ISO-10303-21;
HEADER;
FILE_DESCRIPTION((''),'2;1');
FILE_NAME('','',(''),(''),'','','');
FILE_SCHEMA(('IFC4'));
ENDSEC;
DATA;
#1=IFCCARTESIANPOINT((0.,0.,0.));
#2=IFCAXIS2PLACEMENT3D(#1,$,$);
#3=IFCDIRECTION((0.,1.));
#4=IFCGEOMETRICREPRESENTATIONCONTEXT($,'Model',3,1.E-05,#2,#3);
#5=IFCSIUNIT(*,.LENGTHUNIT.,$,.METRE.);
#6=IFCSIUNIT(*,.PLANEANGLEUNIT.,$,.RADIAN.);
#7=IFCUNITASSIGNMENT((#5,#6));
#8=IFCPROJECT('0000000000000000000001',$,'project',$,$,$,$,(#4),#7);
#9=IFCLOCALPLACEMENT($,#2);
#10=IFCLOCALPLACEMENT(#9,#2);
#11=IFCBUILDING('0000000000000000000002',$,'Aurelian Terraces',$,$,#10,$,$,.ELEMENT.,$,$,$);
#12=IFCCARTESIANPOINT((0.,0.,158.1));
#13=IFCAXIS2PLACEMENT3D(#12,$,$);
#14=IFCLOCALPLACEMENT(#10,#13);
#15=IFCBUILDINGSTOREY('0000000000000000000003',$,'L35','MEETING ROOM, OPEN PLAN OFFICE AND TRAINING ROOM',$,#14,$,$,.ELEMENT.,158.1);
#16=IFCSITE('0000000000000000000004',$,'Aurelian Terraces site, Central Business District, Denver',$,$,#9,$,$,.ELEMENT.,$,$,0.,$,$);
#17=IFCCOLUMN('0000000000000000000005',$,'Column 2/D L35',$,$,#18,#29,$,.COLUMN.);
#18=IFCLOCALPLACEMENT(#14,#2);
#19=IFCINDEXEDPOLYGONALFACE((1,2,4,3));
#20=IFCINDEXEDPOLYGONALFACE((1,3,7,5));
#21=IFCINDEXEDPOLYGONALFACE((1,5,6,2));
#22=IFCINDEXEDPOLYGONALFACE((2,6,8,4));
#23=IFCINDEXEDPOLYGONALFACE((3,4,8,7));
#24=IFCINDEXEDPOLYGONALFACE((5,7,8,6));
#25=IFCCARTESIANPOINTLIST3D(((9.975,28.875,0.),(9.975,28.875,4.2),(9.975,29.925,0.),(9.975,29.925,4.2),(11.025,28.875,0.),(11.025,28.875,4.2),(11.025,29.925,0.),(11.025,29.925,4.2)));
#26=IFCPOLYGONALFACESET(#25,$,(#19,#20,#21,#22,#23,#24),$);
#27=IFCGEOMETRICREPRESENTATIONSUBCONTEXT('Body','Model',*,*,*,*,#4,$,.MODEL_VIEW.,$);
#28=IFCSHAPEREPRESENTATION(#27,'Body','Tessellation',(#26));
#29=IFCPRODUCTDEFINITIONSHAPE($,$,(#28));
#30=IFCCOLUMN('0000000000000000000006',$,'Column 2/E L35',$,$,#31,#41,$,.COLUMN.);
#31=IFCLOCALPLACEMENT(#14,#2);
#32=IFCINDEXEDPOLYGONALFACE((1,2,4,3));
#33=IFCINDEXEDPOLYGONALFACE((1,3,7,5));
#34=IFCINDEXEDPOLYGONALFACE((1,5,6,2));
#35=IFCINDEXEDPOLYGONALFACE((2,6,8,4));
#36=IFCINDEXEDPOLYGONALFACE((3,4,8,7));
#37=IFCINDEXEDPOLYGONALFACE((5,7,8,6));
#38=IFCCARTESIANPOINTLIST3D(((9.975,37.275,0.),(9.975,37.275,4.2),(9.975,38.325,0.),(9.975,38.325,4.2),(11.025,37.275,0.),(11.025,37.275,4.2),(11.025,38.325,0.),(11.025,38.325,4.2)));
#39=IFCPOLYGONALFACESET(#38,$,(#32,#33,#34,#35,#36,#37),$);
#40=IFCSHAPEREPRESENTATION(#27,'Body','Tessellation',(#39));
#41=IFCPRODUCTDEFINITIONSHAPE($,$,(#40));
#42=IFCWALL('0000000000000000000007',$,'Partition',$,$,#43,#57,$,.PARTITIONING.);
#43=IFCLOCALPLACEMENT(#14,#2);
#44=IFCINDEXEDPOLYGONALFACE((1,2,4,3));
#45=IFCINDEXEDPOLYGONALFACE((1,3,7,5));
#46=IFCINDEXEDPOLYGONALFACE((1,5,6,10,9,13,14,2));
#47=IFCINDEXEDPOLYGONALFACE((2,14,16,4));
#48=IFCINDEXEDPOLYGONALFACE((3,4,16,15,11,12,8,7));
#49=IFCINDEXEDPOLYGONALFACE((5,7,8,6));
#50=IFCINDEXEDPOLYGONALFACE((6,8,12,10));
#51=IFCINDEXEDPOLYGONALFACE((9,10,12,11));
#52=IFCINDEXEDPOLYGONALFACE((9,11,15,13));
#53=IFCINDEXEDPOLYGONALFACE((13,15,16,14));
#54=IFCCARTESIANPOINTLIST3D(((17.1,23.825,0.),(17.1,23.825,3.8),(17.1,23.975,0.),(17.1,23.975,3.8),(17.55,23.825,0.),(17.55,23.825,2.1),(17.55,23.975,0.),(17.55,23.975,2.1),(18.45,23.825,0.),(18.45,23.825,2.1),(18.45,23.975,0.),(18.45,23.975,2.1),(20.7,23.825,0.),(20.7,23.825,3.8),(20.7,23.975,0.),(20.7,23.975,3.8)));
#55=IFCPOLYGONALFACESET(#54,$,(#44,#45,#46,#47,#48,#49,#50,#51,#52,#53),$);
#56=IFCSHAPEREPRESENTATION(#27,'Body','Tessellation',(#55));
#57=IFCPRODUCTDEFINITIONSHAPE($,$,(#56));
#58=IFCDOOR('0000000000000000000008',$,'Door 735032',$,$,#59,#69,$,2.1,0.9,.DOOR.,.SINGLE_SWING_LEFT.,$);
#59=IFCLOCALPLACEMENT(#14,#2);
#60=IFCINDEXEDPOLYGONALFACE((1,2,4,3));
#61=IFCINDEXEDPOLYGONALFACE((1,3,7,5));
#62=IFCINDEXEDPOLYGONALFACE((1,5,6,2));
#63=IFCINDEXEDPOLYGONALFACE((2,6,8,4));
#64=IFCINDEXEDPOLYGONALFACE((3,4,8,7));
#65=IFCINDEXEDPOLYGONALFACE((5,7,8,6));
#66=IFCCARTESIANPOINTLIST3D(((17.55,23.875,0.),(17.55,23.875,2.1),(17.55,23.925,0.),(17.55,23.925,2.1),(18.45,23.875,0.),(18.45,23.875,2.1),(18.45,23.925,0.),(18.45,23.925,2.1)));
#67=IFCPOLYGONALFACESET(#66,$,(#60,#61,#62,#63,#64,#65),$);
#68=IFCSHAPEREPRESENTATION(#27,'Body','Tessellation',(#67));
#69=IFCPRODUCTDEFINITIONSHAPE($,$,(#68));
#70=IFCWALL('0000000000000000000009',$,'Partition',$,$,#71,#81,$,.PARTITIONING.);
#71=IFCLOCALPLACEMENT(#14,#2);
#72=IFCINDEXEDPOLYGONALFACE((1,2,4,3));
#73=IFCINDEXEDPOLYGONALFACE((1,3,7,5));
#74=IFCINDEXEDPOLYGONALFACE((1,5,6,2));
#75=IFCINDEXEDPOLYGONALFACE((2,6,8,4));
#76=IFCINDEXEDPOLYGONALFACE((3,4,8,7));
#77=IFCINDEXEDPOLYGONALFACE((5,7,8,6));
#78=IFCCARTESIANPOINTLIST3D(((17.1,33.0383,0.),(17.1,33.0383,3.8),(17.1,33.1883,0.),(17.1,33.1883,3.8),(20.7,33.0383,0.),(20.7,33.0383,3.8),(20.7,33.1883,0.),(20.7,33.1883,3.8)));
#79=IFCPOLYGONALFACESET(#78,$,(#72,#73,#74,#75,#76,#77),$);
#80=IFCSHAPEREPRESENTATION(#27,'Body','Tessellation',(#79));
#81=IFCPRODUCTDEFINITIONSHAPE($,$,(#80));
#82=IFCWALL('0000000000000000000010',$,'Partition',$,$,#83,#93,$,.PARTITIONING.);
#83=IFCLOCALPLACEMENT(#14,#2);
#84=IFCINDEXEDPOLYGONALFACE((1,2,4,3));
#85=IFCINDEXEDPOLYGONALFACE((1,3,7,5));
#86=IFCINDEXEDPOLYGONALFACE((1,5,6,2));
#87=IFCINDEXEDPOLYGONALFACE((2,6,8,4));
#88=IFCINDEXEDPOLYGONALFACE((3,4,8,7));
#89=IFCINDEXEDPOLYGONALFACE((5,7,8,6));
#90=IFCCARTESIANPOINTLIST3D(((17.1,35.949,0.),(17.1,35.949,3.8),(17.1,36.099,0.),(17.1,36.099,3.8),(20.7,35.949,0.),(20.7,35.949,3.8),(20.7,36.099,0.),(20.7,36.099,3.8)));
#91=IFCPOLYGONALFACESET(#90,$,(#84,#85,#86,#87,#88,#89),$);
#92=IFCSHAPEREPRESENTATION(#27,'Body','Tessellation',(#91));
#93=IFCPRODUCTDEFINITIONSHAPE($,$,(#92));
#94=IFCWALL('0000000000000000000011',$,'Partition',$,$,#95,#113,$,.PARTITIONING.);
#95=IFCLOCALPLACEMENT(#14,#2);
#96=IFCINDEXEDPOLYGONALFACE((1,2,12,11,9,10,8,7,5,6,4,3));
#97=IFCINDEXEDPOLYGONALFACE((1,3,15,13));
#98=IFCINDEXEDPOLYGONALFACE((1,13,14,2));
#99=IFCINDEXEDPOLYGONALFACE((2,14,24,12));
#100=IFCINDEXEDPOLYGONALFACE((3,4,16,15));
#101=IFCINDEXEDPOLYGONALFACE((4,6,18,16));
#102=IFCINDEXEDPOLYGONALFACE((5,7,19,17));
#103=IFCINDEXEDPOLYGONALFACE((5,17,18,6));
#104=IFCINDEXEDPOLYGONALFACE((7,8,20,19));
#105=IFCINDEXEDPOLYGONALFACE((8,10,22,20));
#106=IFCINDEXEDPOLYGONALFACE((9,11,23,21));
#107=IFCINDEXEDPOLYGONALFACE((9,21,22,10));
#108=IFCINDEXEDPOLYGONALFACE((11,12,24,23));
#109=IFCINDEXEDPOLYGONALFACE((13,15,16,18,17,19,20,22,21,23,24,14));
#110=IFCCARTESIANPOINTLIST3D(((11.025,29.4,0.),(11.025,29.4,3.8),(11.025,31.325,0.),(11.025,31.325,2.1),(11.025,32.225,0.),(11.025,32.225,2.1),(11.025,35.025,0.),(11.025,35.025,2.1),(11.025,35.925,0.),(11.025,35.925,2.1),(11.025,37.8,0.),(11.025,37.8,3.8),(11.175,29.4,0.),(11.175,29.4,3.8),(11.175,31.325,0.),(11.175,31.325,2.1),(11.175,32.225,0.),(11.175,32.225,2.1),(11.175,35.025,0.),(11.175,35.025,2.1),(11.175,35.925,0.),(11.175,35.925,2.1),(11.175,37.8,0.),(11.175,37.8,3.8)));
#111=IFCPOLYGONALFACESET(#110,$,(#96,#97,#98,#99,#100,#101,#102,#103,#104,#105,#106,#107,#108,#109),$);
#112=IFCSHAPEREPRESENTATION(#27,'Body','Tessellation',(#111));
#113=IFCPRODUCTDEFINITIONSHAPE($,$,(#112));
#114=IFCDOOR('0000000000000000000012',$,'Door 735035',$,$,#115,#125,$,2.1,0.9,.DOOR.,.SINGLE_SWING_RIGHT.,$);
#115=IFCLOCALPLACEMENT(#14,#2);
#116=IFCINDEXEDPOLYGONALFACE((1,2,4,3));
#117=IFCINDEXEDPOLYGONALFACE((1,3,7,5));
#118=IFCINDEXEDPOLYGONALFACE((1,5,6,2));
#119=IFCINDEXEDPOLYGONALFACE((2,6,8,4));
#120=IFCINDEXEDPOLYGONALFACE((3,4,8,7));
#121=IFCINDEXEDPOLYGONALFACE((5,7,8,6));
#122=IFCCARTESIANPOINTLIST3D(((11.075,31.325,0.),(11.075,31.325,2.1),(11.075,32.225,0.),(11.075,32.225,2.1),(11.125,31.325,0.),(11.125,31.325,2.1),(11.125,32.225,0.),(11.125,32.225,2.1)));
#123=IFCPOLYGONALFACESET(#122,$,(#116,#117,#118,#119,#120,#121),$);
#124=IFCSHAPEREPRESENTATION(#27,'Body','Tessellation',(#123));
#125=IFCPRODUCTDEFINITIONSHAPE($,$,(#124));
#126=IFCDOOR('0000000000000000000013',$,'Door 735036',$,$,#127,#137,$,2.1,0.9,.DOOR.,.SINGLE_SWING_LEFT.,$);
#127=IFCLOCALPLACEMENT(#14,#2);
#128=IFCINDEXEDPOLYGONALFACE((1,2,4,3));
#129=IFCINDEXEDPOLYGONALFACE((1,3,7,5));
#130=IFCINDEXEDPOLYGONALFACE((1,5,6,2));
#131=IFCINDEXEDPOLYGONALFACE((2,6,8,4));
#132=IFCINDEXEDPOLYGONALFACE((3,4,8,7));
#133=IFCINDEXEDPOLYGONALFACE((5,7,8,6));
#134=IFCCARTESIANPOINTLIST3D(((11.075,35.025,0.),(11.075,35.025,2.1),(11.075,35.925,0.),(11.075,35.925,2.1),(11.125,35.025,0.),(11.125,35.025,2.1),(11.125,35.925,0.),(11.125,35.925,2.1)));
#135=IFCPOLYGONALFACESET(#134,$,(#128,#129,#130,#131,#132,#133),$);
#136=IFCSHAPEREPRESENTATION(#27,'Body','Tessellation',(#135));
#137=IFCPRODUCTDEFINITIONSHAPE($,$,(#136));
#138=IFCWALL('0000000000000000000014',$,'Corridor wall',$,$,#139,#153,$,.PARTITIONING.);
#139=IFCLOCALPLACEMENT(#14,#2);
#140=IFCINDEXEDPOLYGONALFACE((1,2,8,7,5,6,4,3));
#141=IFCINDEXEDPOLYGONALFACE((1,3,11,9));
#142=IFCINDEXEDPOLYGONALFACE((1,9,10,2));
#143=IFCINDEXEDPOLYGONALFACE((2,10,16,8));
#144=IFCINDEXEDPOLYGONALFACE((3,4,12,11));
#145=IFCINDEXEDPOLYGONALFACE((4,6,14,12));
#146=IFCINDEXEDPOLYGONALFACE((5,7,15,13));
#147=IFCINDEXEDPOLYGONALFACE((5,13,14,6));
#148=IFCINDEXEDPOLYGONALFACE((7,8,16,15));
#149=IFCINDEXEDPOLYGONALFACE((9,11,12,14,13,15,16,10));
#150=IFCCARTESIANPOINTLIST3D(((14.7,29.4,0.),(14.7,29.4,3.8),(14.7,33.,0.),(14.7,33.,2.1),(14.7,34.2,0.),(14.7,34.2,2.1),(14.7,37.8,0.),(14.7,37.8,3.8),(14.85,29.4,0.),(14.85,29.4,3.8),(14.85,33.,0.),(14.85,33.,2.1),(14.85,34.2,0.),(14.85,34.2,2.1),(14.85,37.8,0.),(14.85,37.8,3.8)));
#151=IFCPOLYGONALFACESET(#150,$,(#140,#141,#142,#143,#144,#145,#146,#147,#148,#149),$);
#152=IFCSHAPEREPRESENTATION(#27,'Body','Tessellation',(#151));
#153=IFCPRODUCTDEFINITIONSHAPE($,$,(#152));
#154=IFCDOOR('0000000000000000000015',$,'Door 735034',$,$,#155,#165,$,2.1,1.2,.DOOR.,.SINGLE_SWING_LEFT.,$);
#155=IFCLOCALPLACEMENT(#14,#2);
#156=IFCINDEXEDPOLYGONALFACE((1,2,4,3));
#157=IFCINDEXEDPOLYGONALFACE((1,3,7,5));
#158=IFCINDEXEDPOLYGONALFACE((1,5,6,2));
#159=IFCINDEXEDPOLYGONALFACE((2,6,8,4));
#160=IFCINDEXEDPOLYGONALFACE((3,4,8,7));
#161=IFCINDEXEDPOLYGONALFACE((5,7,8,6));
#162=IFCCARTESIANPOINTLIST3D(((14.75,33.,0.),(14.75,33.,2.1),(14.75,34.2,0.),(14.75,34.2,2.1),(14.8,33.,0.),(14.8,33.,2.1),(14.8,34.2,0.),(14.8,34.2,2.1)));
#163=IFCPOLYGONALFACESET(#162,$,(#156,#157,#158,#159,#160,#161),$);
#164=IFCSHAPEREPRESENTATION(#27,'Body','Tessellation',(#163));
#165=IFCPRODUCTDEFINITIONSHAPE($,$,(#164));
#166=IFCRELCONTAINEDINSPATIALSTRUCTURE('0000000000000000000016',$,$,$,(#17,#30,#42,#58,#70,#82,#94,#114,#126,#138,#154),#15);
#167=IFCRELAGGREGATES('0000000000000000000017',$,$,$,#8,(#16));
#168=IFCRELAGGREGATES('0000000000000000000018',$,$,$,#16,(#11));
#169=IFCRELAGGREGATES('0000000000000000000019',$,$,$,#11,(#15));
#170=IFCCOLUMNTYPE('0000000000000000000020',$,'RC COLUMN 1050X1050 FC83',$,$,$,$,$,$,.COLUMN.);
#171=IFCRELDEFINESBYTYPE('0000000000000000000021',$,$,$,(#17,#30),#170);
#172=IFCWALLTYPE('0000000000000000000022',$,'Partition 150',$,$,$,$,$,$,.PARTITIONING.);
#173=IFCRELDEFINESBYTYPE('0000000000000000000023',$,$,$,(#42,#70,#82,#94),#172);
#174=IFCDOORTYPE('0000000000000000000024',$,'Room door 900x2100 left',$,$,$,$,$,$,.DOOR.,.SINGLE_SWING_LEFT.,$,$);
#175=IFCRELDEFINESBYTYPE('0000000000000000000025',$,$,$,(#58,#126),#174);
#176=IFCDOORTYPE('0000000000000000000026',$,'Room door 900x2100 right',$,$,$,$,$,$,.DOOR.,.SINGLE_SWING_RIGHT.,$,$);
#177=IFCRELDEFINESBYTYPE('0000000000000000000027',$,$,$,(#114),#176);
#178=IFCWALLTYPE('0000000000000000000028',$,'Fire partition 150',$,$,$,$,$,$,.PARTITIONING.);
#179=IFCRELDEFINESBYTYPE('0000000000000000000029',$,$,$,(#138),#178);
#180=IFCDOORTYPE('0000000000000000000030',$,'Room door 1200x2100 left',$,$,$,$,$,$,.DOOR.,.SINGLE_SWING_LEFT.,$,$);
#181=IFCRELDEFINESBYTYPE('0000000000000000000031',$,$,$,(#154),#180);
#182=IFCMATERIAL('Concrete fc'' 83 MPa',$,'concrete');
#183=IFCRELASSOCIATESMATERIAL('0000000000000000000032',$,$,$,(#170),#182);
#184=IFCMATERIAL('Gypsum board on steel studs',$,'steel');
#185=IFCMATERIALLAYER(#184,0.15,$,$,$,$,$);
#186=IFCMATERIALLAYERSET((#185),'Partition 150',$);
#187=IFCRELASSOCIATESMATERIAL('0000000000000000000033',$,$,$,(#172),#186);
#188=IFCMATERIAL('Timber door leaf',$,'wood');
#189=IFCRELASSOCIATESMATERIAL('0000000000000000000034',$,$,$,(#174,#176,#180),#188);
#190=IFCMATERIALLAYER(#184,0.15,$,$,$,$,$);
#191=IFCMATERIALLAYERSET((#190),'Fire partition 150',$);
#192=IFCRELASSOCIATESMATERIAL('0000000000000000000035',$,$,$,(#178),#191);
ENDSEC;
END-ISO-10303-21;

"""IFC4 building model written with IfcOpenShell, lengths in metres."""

from ifc_helpers import new_model, si_unit, direction, frame, frame_2d, origin, origin_2d, place, context, subcontext, project, spatial, rectangle, extrude, source, transform, mapped, material, layer, layer_set, material_profile, profile_set, type_object, element, fill, save


model = new_model("IFC4")

# Units and contexts
model_context = context("Model", 3, precision=1e-05, world=origin(), true_north=direction((0.0, 1.0)))
body_context = subcontext(model_context, "Body", "Model", "MODEL_VIEW")
ifc_project = project(units=[si_unit("LENGTHUNIT", "METRE"), si_unit("PLANEANGLEUNIT", "RADIAN")], contexts=[model_context])

# Site, building, storey
site_placement = place(None, origin())
site = spatial("IfcSite", under=ifc_project, at=site_placement, Name="Aurelian Terraces site, Central Business District, Denver", CompositionType="ELEMENT", RefElevation=0.0)
building_placement = place(site_placement, origin())
building = spatial("IfcBuilding", under=site, at=building_placement, Name="Aurelian Terraces", CompositionType="ELEMENT")
storey_placement = place(building_placement, frame((0.0, 0.0, 158.1)))
storey = spatial("IfcBuildingStorey", under=building, at=storey_placement, Name="L35", Description="MEETING ROOM, OPEN PLAN OFFICE AND TRAINING ROOM", CompositionType="ELEMENT", Elevation=158.1)

# Columns
ifc_material_1 = material(Name="Concrete fc' 83 MPa", Category="concrete")
ifc_material_profile = material_profile(ifc_material_1, rectangle(XDim=1.05, YDim=1.05, at=origin_2d()))
ifc_profile_set = profile_set([ifc_material_profile], Name="Concrete fc' 83 MPa")
column_type = type_object("IfcColumnType", Name="RC COLUMN 1050X1050 FC83", PredefinedType="COLUMN", material=ifc_profile_set)
shared_shape_1 = source(origin(), body_context, "Body", "SweptSolid", [
    extrude(rectangle(XDim=1.05, YDim=1.05, at=origin_2d()), origin(), (0.0, 0.0, 1.0), 4.2),
])
for number, where, z_axis, x_axis, name in (
    (1, (10.5, 29.4, 0.0), (0.0, 0.0, 1.0), (1.0, 0.0, 0.0), "Column 2/D L35"),
    (2, (10.5, 37.8, 0.0), (0.0, 0.0, 1.0), (1.0, 0.0, 0.0), "Column 2/E L35"),
):
    element("IfcColumn", number, at=place(storey_placement, frame(where, z_axis=z_axis, x_axis=x_axis)), inside=storey, type_object=column_type, Name=name, PredefinedType="COLUMN", context=body_context, shape_type="MappedRepresentation", body=[
        mapped(shared_shape_1, transform((0.0, 0.0, 0.0), scale=1.0)),
    ])

# Wall, opening, door
ifc_material_2 = material(Name="Gypsum board on steel studs", Category="steel")
ifc_layer_1 = layer(ifc_material_2, 0.15)
ifc_layer_set_1 = layer_set([ifc_layer_1], Name="Partition 150")
wall_type_1 = type_object("IfcWallType", Name="Partition 150", PredefinedType="PARTITIONING", material=ifc_layer_set_1)
shared_shape_2 = source(origin(), body_context, "Body", "SweptSolid", [
    extrude(rectangle(XDim=3.6, YDim=0.15, at=frame_2d((1.8, 0.0))), origin(), (0.0, 0.0, 1.0), 3.8),
])
wall_1_placement = place(storey_placement, frame((17.1, 23.9, 0.0), z_axis=(0.0, 0.0, 1.0), x_axis=(1.0, 0.0, 0.0)))
wall_1 = element("IfcWall", 3, at=wall_1_placement, inside=storey, type_object=wall_type_1, Name="Partition", PredefinedType="PARTITIONING", context=body_context, shape_type="MappedRepresentation", body=[
    mapped(shared_shape_2, transform((0.0, 0.0, 0.0), scale=1.0)),
])
shared_shape_3 = source(origin(), body_context, "Body", "SweptSolid", [
    extrude(rectangle(XDim=0.9, YDim=2.1, at=frame_2d((0.45, 1.05))), frame((0.0, 0.085, 0.0), z_axis=(0.0, -1.0, 0.0), x_axis=(1.0, 0.0, 0.0)), (0.0, 0.0, 1.0), 0.17),
])
opening_1_placement = place(wall_1_placement, frame((0.45, 0.0, 0.0)))
opening_1 = element("IfcOpeningElement", 4, at=opening_1_placement, cuts=wall_1, PredefinedType="OPENING", context=body_context, shape_type="MappedRepresentation", body=[
    mapped(shared_shape_3, transform((0.0, 0.0, 0.0), scale=1.0)),
])
ifc_material_3 = material(Name="Timber door leaf", Category="wood")
door_type_1 = type_object("IfcDoorType", Name="Room door 900x2100 left", OperationType="SINGLE_SWING_LEFT", PredefinedType="DOOR", material=ifc_material_3)
shared_shape_4 = source(origin(), body_context, "Body", "SweptSolid", [
    extrude(rectangle(XDim=0.9, YDim=2.1, at=frame_2d((0.45, 1.05))), frame((0.0, 0.025, 0.0), z_axis=(0.0, -1.0, 0.0), x_axis=(1.0, 0.0, 0.0)), (0.0, 0.0, 1.0), 0.05),
])
door_1_placement = place(opening_1_placement, origin())
door_1 = element("IfcDoor", 5, at=door_1_placement, inside=storey, type_object=door_type_1, Name="Door 735032", OperationType="SINGLE_SWING_LEFT", OverallHeight=2.1, OverallWidth=0.9, PredefinedType="DOOR", context=body_context, shape_type="MappedRepresentation", body=[
    mapped(shared_shape_4, transform((0.0, 0.0, 0.0), scale=1.0)),
])
fill(opening_1, door_1)

# Walls
for number, where, z_axis, x_axis, name in (
    (6, (17.1, 33.1133, 0.0), (0.0, 0.0, 1.0), (1.0, 0.0, 0.0), "Partition"),
    (7, (17.1, 36.024, 0.0), (0.0, 0.0, 1.0), (1.0, 0.0, 0.0), "Partition"),
):
    element("IfcWall", number, at=place(storey_placement, frame(where, z_axis=z_axis, x_axis=x_axis)), inside=storey, type_object=wall_type_1, Name=name, PredefinedType="PARTITIONING", context=body_context, shape_type="MappedRepresentation", body=[
        mapped(shared_shape_2, transform((0.0, 0.0, 0.0), scale=1.0)),
    ])

# Wall, openings, doors
shared_shape_5 = source(origin(), body_context, "Body", "SweptSolid", [
    extrude(rectangle(XDim=8.4, YDim=0.15, at=frame_2d((4.2, 0.0))), origin(), (0.0, 0.0, 1.0), 3.8),
])
wall_2_placement = place(storey_placement, frame((11.1, 29.4, 0.0), z_axis=(0.0, 0.0, 1.0), x_axis=(0.0, 1.0, 0.0)))
wall_2 = element("IfcWall", 8, at=wall_2_placement, inside=storey, type_object=wall_type_1, Name="Partition", PredefinedType="PARTITIONING", context=body_context, shape_type="MappedRepresentation", body=[
    mapped(shared_shape_5, transform((0.0, 0.0, 0.0), scale=1.0)),
])
opening_2_placement = place(wall_2_placement, frame((1.925, 0.0, 0.0)))
opening_2 = element("IfcOpeningElement", 9, at=opening_2_placement, cuts=wall_2, PredefinedType="OPENING", context=body_context, shape_type="MappedRepresentation", body=[
    mapped(shared_shape_3, transform((0.0, 0.0, 0.0), scale=1.0)),
])
opening_3_placement = place(wall_2_placement, frame((5.625, 0.0, 0.0)))
opening_3 = element("IfcOpeningElement", 10, at=opening_3_placement, cuts=wall_2, PredefinedType="OPENING", context=body_context, shape_type="MappedRepresentation", body=[
    mapped(shared_shape_3, transform((0.0, 0.0, 0.0), scale=1.0)),
])
door_type_2 = type_object("IfcDoorType", Name="Room door 900x2100 right", OperationType="SINGLE_SWING_RIGHT", PredefinedType="DOOR", material=ifc_material_3)
door_2_placement = place(opening_2_placement, origin())
door_2 = element("IfcDoor", 11, at=door_2_placement, inside=storey, type_object=door_type_2, Name="Door 735035", OperationType="SINGLE_SWING_RIGHT", OverallHeight=2.1, OverallWidth=0.9, PredefinedType="DOOR", context=body_context, shape_type="MappedRepresentation", body=[
    mapped(shared_shape_4, transform((0.0, 0.0, 0.0), scale=1.0)),
])
fill(opening_2, door_2)
door_3_placement = place(opening_3_placement, origin())
door_3 = element("IfcDoor", 12, at=door_3_placement, inside=storey, type_object=door_type_1, Name="Door 735036", OperationType="SINGLE_SWING_LEFT", OverallHeight=2.1, OverallWidth=0.9, PredefinedType="DOOR", context=body_context, shape_type="MappedRepresentation", body=[
    mapped(shared_shape_4, transform((0.0, 0.0, 0.0), scale=1.0)),
])
fill(opening_3, door_3)

# Wall, opening, door
ifc_layer_2 = layer(ifc_material_2, 0.15)
ifc_layer_set_2 = layer_set([ifc_layer_2], Name="Fire partition 150")
wall_type_2 = type_object("IfcWallType", Name="Fire partition 150", PredefinedType="PARTITIONING", material=ifc_layer_set_2)
wall_3_placement = place(storey_placement, frame((14.775, 29.4, 0.0), z_axis=(0.0, 0.0, 1.0), x_axis=(0.0, 1.0, 0.0)))
wall_3 = element("IfcWall", 13, at=wall_3_placement, inside=storey, type_object=wall_type_2, Name="Corridor wall", PredefinedType="PARTITIONING", context=body_context, shape_type="MappedRepresentation", body=[
    mapped(shared_shape_5, transform((0.0, 0.0, 0.0), scale=1.0)),
])
shared_shape_6 = source(origin(), body_context, "Body", "SweptSolid", [
    extrude(rectangle(XDim=1.2, YDim=2.1, at=frame_2d((0.6, 1.05))), frame((0.0, 0.085, 0.0), z_axis=(0.0, -1.0, 0.0), x_axis=(1.0, 0.0, 0.0)), (0.0, 0.0, 1.0), 0.17),
])
opening_4_placement = place(wall_3_placement, frame((3.6, 0.0, 0.0)))
opening_4 = element("IfcOpeningElement", 14, at=opening_4_placement, cuts=wall_3, PredefinedType="OPENING", context=body_context, shape_type="MappedRepresentation", body=[
    mapped(shared_shape_6, transform((0.0, 0.0, 0.0), scale=1.0)),
])
door_type_3 = type_object("IfcDoorType", Name="Room door 1200x2100 left", OperationType="SINGLE_SWING_LEFT", PredefinedType="DOOR", material=ifc_material_3)
shared_shape_7 = source(origin(), body_context, "Body", "SweptSolid", [
    extrude(rectangle(XDim=1.2, YDim=2.1, at=frame_2d((0.6, 1.05))), frame((0.0, 0.025, 0.0), z_axis=(0.0, -1.0, 0.0), x_axis=(1.0, 0.0, 0.0)), (0.0, 0.0, 1.0), 0.05),
])
door_4_placement = place(opening_4_placement, origin())
door_4 = element("IfcDoor", 15, at=door_4_placement, inside=storey, type_object=door_type_3, Name="Door 735034", OperationType="SINGLE_SWING_LEFT", OverallHeight=2.1, OverallWidth=1.2, PredefinedType="DOOR", context=body_context, shape_type="MappedRepresentation", body=[
    mapped(shared_shape_7, transform((0.0, 0.0, 0.0), scale=1.0)),
])
fill(opening_4, door_4)

save(model, "model.ifc")
